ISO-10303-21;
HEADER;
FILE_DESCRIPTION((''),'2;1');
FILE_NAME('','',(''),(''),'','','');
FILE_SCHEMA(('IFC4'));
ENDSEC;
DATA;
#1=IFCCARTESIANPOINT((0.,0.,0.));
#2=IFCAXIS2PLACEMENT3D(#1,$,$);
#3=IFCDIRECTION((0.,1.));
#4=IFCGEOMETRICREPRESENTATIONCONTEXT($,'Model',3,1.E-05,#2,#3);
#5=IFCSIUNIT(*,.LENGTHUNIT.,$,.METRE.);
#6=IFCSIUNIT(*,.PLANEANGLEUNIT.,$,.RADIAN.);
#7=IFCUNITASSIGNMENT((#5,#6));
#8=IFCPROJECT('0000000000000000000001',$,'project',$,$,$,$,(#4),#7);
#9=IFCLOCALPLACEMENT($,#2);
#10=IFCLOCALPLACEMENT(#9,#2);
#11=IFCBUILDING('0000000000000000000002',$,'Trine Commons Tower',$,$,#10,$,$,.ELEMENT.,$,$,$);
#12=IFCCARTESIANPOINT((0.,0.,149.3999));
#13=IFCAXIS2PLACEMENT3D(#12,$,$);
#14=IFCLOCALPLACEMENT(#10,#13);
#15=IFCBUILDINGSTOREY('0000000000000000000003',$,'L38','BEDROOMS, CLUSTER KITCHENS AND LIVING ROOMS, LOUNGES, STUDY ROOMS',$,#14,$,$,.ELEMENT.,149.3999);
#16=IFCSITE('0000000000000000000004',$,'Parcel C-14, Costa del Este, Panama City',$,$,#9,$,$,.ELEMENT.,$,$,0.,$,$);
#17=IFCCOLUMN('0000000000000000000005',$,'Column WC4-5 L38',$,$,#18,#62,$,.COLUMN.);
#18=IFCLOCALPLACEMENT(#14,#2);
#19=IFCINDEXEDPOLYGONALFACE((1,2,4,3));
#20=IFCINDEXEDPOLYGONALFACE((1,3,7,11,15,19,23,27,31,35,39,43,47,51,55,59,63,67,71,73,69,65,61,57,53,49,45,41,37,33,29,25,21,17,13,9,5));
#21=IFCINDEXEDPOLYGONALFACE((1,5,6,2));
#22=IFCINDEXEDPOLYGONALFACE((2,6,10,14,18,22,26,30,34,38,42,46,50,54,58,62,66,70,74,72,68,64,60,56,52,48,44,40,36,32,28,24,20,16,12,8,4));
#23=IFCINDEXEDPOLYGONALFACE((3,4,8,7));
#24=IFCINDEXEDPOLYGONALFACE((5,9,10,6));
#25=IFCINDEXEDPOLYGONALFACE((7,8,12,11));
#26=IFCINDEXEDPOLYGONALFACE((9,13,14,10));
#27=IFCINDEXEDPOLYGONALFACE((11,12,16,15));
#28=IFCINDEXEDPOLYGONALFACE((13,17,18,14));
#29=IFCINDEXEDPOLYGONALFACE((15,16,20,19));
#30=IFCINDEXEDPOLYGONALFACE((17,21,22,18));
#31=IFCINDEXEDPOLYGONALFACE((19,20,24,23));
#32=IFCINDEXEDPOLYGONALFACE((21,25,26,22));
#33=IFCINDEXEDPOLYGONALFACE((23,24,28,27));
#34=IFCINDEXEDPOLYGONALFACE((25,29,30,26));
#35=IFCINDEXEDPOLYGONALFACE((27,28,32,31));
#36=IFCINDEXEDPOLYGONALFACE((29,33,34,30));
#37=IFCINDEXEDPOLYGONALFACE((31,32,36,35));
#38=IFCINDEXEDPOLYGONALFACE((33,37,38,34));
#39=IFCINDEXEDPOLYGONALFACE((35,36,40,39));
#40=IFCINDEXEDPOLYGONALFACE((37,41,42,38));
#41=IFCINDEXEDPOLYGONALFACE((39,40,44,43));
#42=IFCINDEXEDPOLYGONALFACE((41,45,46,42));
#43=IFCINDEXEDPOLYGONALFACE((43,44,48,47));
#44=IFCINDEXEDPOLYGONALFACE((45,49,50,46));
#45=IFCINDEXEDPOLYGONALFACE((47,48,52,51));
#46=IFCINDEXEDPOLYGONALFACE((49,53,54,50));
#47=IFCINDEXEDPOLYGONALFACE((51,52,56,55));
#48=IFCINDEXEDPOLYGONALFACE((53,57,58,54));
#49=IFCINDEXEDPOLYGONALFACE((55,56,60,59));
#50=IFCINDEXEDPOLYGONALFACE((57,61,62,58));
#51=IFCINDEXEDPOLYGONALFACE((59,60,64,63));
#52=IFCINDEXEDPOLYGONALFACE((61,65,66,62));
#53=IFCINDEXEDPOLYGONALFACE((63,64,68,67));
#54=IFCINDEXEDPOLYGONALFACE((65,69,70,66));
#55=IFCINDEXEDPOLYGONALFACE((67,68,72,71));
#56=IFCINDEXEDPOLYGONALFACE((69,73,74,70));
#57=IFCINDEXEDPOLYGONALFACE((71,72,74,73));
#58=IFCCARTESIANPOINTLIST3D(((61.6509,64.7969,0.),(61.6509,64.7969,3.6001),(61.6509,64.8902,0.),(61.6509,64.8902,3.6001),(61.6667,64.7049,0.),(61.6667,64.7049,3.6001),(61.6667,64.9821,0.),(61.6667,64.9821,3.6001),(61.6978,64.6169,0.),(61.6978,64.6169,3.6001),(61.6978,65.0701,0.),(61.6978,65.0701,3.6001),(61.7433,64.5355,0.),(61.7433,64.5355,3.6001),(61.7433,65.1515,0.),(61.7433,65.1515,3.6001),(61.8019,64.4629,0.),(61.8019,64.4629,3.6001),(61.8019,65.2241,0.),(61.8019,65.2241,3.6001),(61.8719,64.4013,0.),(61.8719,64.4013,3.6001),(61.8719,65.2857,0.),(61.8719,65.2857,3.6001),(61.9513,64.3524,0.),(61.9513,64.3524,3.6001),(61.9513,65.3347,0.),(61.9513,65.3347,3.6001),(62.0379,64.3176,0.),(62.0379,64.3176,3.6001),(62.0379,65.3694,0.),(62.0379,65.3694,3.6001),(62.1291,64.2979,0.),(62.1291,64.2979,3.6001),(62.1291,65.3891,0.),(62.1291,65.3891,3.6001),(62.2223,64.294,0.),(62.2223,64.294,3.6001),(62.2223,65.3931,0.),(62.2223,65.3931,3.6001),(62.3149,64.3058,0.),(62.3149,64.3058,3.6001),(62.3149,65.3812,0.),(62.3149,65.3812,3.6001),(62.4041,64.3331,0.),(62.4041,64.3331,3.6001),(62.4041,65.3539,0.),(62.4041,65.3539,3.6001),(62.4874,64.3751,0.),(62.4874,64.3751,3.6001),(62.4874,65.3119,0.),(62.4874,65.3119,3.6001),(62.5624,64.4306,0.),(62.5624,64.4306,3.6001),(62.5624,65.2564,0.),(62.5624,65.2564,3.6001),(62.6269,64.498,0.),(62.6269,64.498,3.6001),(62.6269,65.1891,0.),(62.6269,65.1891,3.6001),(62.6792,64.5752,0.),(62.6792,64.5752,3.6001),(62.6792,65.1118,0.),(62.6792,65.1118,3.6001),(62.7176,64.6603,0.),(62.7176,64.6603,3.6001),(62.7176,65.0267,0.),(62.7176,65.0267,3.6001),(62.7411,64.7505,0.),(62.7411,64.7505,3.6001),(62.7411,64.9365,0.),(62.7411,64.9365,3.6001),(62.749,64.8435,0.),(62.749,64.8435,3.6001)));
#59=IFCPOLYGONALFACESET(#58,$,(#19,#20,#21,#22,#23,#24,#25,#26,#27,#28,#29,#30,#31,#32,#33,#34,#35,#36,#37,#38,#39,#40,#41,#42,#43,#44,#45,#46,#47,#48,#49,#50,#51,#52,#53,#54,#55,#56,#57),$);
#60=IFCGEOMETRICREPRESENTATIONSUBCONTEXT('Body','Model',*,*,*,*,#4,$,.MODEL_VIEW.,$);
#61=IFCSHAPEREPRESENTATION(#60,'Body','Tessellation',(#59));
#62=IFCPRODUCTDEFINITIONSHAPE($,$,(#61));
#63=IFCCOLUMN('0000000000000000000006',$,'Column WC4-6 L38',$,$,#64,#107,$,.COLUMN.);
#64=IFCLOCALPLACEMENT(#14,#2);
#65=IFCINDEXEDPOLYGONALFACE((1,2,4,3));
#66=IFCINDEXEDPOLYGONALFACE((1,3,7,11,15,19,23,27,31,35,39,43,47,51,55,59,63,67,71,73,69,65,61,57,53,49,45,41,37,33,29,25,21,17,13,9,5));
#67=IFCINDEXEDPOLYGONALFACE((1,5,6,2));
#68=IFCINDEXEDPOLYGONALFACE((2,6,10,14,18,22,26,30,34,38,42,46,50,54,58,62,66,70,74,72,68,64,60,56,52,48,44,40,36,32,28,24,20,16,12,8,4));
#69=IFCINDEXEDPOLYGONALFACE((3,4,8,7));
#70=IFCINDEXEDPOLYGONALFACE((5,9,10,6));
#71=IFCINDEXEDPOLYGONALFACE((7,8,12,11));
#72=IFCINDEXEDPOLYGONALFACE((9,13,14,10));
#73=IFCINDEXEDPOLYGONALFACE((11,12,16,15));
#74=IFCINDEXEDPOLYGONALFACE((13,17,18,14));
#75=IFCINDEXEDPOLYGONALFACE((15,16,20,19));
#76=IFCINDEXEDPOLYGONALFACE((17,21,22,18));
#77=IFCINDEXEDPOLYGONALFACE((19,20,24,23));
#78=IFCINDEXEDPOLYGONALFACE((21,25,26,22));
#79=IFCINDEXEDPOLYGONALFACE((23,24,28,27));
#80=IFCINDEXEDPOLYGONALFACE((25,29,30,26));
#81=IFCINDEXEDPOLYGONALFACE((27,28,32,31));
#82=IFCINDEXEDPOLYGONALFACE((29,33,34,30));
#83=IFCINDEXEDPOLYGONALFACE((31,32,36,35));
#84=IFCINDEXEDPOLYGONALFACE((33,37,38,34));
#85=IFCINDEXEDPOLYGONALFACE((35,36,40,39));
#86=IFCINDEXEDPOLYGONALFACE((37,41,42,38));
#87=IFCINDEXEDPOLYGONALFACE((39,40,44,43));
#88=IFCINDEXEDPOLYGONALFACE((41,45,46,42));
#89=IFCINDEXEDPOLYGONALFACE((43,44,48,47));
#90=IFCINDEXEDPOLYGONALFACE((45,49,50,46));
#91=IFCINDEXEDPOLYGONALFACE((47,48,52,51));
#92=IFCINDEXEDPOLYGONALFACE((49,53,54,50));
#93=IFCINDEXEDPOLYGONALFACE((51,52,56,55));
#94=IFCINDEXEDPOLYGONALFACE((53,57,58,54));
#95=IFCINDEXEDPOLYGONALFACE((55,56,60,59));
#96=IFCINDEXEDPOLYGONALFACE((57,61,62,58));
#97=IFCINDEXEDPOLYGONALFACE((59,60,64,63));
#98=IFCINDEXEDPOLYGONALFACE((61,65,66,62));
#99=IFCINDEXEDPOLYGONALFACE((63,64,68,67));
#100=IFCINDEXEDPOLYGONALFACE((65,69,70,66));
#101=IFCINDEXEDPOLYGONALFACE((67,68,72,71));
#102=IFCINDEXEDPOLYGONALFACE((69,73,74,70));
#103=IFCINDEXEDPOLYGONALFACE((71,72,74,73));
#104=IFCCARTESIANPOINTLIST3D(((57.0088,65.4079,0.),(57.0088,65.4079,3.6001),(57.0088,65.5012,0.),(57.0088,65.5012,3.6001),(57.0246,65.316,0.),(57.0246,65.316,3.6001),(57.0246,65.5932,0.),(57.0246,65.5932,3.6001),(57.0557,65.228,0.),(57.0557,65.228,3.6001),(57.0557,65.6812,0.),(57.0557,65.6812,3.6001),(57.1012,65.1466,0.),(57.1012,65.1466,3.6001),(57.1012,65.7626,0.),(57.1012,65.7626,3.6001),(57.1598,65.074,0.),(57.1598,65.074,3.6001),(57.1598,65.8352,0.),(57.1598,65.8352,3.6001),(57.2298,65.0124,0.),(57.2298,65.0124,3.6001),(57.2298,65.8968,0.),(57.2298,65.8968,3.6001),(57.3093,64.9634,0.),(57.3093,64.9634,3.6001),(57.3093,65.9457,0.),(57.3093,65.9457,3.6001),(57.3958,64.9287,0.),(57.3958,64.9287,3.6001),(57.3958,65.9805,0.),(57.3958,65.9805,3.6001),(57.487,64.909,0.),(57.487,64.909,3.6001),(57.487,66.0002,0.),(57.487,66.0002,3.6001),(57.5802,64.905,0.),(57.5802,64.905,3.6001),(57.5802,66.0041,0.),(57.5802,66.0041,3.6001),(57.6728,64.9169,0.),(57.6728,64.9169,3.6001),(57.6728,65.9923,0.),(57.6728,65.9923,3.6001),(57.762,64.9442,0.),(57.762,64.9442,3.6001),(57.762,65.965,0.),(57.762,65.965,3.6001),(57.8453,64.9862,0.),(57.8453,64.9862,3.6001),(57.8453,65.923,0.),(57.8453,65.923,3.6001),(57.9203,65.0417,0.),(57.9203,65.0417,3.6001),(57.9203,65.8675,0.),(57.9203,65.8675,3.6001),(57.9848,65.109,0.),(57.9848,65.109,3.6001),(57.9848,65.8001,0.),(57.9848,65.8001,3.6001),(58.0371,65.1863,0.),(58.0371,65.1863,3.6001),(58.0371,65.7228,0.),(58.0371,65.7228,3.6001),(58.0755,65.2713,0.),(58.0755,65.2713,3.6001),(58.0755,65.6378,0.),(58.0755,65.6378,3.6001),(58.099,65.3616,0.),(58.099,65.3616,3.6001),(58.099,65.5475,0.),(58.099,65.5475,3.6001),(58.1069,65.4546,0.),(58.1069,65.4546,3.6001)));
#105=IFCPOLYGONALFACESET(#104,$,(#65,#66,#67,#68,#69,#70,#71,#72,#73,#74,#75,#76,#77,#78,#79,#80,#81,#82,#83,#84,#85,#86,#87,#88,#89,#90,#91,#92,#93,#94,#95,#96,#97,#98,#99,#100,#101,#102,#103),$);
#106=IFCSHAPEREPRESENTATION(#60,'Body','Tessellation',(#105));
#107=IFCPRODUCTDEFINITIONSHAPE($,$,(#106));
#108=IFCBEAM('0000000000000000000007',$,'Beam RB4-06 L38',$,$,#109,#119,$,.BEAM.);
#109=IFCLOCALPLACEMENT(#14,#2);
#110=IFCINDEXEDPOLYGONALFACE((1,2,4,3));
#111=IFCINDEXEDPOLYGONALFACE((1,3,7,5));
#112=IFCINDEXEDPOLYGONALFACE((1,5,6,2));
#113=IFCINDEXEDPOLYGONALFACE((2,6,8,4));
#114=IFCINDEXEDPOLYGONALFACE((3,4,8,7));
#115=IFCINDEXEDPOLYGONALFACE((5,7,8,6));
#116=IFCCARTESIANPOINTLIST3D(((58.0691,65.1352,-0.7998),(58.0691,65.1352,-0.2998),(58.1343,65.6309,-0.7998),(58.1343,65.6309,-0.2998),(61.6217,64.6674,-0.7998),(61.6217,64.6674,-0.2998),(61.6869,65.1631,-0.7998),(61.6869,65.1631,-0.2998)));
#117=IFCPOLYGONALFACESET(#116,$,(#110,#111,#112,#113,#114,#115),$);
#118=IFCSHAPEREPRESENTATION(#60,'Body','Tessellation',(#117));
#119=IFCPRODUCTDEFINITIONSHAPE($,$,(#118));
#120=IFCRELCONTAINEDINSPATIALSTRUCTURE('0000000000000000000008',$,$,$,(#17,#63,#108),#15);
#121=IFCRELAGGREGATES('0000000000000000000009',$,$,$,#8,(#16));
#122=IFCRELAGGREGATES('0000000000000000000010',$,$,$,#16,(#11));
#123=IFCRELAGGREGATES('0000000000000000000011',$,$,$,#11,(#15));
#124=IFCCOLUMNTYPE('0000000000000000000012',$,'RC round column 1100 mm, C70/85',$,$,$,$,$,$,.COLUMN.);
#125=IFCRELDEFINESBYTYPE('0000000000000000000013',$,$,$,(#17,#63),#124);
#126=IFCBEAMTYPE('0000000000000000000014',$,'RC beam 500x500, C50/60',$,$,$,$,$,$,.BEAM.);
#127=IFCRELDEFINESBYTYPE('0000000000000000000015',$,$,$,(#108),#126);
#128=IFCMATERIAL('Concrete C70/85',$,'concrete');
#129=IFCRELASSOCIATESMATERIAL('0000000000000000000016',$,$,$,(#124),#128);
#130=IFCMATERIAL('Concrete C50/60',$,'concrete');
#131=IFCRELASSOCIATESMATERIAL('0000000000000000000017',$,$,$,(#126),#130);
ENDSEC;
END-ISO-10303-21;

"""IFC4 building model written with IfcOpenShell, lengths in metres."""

from ifc_helpers import new_model, si_unit, direction, frame, origin, origin_2d, place, context, subcontext, project, spatial, rectangle, circle, extrude, material, material_profile, profile_set, type_object, element, save


model = new_model("IFC4")

# Units and contexts
model_context = context("Model", 3, precision=1e-05, world=origin(), true_north=direction((0.0, 1.0)))
body_context = subcontext(model_context, "Body", "Model", "MODEL_VIEW")
ifc_project = project(units=[si_unit("LENGTHUNIT", "METRE"), si_unit("PLANEANGLEUNIT", "RADIAN")], contexts=[model_context])

# Site, building, storey
site_placement = place(None, origin())
site = spatial("IfcSite", under=ifc_project, at=site_placement, Name="Parcel C-14, Costa del Este, Panama City", CompositionType="ELEMENT", RefElevation=0.0)
building_placement = place(site_placement, origin())
building = spatial("IfcBuilding", under=site, at=building_placement, Name="Trine Commons Tower", CompositionType="ELEMENT")
storey_placement = place(building_placement, frame((0.0, 0.0, 149.3999)))
storey = spatial("IfcBuildingStorey", under=building, at=storey_placement, Name="L38", Description="BEDROOMS, CLUSTER KITCHENS AND LIVING ROOMS, LOUNGES, STUDY ROOMS", CompositionType="ELEMENT", Elevation=149.3999)

# Columns
ifc_material_1 = material(Name="Concrete C70/85", Category="concrete")
ifc_material_profile_1 = material_profile(ifc_material_1, circle(Radius=0.55, at=origin_2d()), Name="RC round 1100")
ifc_profile_set_1 = profile_set([ifc_material_profile_1], Name="Concrete C70/85")
column_type = type_object("IfcColumnType", Name="RC round column 1100 mm, C70/85", PredefinedType="COLUMN", material=ifc_profile_set_1)
for number, where, z_axis, x_axis, name in (
    (1, (62.199, 64.8435, 0.0), (0.0, 0.0, 1.0), (1.0, 0.0, 0.0), "Column WC4-5 L38"),
    (2, (57.5569, 65.4546, 0.0), (0.0, 0.0, 1.0), (1.0, 0.0, 0.0), "Column WC4-6 L38"),
):
    element("IfcColumn", number, at=place(storey_placement, frame(where, z_axis=z_axis, x_axis=x_axis)), inside=storey, type_object=column_type, Name=name, PredefinedType="COLUMN", context=body_context, shape_type="SweptSolid", body=[
        extrude(circle(Radius=0.55, at=origin_2d()), origin(), (0.0, 0.0, 1.0), 3.6001),
    ])

# Beam
ifc_material_2 = material(Name="Concrete C50/60", Category="concrete")
ifc_material_profile_2 = material_profile(ifc_material_2, rectangle(XDim=0.5, YDim=0.5, at=origin_2d()), Name="RC 500x500")
ifc_profile_set_2 = profile_set([ifc_material_profile_2], Name="Concrete C50/60")
beam_type = type_object("IfcBeamType", Name="RC beam 500x500, C50/60", PredefinedType="BEAM", material=ifc_profile_set_2)
beam_placement = place(storey_placement, frame((61.6543, 64.9153, -0.5498), z_axis=(-0.991442, 0.130548, 0.0), x_axis=(-0.130548, -0.991442, 0.0)))
element("IfcBeam", 3, at=beam_placement, inside=storey, type_object=beam_type, Name="Beam RB4-06 L38", PredefinedType="BEAM", context=body_context, shape_type="SweptSolid", body=[
    extrude(rectangle(XDim=0.5, YDim=0.5, at=origin_2d()), origin(), (0.0, 0.0, 1.0), 3.5833),
])

save(model, "model.ifc")
